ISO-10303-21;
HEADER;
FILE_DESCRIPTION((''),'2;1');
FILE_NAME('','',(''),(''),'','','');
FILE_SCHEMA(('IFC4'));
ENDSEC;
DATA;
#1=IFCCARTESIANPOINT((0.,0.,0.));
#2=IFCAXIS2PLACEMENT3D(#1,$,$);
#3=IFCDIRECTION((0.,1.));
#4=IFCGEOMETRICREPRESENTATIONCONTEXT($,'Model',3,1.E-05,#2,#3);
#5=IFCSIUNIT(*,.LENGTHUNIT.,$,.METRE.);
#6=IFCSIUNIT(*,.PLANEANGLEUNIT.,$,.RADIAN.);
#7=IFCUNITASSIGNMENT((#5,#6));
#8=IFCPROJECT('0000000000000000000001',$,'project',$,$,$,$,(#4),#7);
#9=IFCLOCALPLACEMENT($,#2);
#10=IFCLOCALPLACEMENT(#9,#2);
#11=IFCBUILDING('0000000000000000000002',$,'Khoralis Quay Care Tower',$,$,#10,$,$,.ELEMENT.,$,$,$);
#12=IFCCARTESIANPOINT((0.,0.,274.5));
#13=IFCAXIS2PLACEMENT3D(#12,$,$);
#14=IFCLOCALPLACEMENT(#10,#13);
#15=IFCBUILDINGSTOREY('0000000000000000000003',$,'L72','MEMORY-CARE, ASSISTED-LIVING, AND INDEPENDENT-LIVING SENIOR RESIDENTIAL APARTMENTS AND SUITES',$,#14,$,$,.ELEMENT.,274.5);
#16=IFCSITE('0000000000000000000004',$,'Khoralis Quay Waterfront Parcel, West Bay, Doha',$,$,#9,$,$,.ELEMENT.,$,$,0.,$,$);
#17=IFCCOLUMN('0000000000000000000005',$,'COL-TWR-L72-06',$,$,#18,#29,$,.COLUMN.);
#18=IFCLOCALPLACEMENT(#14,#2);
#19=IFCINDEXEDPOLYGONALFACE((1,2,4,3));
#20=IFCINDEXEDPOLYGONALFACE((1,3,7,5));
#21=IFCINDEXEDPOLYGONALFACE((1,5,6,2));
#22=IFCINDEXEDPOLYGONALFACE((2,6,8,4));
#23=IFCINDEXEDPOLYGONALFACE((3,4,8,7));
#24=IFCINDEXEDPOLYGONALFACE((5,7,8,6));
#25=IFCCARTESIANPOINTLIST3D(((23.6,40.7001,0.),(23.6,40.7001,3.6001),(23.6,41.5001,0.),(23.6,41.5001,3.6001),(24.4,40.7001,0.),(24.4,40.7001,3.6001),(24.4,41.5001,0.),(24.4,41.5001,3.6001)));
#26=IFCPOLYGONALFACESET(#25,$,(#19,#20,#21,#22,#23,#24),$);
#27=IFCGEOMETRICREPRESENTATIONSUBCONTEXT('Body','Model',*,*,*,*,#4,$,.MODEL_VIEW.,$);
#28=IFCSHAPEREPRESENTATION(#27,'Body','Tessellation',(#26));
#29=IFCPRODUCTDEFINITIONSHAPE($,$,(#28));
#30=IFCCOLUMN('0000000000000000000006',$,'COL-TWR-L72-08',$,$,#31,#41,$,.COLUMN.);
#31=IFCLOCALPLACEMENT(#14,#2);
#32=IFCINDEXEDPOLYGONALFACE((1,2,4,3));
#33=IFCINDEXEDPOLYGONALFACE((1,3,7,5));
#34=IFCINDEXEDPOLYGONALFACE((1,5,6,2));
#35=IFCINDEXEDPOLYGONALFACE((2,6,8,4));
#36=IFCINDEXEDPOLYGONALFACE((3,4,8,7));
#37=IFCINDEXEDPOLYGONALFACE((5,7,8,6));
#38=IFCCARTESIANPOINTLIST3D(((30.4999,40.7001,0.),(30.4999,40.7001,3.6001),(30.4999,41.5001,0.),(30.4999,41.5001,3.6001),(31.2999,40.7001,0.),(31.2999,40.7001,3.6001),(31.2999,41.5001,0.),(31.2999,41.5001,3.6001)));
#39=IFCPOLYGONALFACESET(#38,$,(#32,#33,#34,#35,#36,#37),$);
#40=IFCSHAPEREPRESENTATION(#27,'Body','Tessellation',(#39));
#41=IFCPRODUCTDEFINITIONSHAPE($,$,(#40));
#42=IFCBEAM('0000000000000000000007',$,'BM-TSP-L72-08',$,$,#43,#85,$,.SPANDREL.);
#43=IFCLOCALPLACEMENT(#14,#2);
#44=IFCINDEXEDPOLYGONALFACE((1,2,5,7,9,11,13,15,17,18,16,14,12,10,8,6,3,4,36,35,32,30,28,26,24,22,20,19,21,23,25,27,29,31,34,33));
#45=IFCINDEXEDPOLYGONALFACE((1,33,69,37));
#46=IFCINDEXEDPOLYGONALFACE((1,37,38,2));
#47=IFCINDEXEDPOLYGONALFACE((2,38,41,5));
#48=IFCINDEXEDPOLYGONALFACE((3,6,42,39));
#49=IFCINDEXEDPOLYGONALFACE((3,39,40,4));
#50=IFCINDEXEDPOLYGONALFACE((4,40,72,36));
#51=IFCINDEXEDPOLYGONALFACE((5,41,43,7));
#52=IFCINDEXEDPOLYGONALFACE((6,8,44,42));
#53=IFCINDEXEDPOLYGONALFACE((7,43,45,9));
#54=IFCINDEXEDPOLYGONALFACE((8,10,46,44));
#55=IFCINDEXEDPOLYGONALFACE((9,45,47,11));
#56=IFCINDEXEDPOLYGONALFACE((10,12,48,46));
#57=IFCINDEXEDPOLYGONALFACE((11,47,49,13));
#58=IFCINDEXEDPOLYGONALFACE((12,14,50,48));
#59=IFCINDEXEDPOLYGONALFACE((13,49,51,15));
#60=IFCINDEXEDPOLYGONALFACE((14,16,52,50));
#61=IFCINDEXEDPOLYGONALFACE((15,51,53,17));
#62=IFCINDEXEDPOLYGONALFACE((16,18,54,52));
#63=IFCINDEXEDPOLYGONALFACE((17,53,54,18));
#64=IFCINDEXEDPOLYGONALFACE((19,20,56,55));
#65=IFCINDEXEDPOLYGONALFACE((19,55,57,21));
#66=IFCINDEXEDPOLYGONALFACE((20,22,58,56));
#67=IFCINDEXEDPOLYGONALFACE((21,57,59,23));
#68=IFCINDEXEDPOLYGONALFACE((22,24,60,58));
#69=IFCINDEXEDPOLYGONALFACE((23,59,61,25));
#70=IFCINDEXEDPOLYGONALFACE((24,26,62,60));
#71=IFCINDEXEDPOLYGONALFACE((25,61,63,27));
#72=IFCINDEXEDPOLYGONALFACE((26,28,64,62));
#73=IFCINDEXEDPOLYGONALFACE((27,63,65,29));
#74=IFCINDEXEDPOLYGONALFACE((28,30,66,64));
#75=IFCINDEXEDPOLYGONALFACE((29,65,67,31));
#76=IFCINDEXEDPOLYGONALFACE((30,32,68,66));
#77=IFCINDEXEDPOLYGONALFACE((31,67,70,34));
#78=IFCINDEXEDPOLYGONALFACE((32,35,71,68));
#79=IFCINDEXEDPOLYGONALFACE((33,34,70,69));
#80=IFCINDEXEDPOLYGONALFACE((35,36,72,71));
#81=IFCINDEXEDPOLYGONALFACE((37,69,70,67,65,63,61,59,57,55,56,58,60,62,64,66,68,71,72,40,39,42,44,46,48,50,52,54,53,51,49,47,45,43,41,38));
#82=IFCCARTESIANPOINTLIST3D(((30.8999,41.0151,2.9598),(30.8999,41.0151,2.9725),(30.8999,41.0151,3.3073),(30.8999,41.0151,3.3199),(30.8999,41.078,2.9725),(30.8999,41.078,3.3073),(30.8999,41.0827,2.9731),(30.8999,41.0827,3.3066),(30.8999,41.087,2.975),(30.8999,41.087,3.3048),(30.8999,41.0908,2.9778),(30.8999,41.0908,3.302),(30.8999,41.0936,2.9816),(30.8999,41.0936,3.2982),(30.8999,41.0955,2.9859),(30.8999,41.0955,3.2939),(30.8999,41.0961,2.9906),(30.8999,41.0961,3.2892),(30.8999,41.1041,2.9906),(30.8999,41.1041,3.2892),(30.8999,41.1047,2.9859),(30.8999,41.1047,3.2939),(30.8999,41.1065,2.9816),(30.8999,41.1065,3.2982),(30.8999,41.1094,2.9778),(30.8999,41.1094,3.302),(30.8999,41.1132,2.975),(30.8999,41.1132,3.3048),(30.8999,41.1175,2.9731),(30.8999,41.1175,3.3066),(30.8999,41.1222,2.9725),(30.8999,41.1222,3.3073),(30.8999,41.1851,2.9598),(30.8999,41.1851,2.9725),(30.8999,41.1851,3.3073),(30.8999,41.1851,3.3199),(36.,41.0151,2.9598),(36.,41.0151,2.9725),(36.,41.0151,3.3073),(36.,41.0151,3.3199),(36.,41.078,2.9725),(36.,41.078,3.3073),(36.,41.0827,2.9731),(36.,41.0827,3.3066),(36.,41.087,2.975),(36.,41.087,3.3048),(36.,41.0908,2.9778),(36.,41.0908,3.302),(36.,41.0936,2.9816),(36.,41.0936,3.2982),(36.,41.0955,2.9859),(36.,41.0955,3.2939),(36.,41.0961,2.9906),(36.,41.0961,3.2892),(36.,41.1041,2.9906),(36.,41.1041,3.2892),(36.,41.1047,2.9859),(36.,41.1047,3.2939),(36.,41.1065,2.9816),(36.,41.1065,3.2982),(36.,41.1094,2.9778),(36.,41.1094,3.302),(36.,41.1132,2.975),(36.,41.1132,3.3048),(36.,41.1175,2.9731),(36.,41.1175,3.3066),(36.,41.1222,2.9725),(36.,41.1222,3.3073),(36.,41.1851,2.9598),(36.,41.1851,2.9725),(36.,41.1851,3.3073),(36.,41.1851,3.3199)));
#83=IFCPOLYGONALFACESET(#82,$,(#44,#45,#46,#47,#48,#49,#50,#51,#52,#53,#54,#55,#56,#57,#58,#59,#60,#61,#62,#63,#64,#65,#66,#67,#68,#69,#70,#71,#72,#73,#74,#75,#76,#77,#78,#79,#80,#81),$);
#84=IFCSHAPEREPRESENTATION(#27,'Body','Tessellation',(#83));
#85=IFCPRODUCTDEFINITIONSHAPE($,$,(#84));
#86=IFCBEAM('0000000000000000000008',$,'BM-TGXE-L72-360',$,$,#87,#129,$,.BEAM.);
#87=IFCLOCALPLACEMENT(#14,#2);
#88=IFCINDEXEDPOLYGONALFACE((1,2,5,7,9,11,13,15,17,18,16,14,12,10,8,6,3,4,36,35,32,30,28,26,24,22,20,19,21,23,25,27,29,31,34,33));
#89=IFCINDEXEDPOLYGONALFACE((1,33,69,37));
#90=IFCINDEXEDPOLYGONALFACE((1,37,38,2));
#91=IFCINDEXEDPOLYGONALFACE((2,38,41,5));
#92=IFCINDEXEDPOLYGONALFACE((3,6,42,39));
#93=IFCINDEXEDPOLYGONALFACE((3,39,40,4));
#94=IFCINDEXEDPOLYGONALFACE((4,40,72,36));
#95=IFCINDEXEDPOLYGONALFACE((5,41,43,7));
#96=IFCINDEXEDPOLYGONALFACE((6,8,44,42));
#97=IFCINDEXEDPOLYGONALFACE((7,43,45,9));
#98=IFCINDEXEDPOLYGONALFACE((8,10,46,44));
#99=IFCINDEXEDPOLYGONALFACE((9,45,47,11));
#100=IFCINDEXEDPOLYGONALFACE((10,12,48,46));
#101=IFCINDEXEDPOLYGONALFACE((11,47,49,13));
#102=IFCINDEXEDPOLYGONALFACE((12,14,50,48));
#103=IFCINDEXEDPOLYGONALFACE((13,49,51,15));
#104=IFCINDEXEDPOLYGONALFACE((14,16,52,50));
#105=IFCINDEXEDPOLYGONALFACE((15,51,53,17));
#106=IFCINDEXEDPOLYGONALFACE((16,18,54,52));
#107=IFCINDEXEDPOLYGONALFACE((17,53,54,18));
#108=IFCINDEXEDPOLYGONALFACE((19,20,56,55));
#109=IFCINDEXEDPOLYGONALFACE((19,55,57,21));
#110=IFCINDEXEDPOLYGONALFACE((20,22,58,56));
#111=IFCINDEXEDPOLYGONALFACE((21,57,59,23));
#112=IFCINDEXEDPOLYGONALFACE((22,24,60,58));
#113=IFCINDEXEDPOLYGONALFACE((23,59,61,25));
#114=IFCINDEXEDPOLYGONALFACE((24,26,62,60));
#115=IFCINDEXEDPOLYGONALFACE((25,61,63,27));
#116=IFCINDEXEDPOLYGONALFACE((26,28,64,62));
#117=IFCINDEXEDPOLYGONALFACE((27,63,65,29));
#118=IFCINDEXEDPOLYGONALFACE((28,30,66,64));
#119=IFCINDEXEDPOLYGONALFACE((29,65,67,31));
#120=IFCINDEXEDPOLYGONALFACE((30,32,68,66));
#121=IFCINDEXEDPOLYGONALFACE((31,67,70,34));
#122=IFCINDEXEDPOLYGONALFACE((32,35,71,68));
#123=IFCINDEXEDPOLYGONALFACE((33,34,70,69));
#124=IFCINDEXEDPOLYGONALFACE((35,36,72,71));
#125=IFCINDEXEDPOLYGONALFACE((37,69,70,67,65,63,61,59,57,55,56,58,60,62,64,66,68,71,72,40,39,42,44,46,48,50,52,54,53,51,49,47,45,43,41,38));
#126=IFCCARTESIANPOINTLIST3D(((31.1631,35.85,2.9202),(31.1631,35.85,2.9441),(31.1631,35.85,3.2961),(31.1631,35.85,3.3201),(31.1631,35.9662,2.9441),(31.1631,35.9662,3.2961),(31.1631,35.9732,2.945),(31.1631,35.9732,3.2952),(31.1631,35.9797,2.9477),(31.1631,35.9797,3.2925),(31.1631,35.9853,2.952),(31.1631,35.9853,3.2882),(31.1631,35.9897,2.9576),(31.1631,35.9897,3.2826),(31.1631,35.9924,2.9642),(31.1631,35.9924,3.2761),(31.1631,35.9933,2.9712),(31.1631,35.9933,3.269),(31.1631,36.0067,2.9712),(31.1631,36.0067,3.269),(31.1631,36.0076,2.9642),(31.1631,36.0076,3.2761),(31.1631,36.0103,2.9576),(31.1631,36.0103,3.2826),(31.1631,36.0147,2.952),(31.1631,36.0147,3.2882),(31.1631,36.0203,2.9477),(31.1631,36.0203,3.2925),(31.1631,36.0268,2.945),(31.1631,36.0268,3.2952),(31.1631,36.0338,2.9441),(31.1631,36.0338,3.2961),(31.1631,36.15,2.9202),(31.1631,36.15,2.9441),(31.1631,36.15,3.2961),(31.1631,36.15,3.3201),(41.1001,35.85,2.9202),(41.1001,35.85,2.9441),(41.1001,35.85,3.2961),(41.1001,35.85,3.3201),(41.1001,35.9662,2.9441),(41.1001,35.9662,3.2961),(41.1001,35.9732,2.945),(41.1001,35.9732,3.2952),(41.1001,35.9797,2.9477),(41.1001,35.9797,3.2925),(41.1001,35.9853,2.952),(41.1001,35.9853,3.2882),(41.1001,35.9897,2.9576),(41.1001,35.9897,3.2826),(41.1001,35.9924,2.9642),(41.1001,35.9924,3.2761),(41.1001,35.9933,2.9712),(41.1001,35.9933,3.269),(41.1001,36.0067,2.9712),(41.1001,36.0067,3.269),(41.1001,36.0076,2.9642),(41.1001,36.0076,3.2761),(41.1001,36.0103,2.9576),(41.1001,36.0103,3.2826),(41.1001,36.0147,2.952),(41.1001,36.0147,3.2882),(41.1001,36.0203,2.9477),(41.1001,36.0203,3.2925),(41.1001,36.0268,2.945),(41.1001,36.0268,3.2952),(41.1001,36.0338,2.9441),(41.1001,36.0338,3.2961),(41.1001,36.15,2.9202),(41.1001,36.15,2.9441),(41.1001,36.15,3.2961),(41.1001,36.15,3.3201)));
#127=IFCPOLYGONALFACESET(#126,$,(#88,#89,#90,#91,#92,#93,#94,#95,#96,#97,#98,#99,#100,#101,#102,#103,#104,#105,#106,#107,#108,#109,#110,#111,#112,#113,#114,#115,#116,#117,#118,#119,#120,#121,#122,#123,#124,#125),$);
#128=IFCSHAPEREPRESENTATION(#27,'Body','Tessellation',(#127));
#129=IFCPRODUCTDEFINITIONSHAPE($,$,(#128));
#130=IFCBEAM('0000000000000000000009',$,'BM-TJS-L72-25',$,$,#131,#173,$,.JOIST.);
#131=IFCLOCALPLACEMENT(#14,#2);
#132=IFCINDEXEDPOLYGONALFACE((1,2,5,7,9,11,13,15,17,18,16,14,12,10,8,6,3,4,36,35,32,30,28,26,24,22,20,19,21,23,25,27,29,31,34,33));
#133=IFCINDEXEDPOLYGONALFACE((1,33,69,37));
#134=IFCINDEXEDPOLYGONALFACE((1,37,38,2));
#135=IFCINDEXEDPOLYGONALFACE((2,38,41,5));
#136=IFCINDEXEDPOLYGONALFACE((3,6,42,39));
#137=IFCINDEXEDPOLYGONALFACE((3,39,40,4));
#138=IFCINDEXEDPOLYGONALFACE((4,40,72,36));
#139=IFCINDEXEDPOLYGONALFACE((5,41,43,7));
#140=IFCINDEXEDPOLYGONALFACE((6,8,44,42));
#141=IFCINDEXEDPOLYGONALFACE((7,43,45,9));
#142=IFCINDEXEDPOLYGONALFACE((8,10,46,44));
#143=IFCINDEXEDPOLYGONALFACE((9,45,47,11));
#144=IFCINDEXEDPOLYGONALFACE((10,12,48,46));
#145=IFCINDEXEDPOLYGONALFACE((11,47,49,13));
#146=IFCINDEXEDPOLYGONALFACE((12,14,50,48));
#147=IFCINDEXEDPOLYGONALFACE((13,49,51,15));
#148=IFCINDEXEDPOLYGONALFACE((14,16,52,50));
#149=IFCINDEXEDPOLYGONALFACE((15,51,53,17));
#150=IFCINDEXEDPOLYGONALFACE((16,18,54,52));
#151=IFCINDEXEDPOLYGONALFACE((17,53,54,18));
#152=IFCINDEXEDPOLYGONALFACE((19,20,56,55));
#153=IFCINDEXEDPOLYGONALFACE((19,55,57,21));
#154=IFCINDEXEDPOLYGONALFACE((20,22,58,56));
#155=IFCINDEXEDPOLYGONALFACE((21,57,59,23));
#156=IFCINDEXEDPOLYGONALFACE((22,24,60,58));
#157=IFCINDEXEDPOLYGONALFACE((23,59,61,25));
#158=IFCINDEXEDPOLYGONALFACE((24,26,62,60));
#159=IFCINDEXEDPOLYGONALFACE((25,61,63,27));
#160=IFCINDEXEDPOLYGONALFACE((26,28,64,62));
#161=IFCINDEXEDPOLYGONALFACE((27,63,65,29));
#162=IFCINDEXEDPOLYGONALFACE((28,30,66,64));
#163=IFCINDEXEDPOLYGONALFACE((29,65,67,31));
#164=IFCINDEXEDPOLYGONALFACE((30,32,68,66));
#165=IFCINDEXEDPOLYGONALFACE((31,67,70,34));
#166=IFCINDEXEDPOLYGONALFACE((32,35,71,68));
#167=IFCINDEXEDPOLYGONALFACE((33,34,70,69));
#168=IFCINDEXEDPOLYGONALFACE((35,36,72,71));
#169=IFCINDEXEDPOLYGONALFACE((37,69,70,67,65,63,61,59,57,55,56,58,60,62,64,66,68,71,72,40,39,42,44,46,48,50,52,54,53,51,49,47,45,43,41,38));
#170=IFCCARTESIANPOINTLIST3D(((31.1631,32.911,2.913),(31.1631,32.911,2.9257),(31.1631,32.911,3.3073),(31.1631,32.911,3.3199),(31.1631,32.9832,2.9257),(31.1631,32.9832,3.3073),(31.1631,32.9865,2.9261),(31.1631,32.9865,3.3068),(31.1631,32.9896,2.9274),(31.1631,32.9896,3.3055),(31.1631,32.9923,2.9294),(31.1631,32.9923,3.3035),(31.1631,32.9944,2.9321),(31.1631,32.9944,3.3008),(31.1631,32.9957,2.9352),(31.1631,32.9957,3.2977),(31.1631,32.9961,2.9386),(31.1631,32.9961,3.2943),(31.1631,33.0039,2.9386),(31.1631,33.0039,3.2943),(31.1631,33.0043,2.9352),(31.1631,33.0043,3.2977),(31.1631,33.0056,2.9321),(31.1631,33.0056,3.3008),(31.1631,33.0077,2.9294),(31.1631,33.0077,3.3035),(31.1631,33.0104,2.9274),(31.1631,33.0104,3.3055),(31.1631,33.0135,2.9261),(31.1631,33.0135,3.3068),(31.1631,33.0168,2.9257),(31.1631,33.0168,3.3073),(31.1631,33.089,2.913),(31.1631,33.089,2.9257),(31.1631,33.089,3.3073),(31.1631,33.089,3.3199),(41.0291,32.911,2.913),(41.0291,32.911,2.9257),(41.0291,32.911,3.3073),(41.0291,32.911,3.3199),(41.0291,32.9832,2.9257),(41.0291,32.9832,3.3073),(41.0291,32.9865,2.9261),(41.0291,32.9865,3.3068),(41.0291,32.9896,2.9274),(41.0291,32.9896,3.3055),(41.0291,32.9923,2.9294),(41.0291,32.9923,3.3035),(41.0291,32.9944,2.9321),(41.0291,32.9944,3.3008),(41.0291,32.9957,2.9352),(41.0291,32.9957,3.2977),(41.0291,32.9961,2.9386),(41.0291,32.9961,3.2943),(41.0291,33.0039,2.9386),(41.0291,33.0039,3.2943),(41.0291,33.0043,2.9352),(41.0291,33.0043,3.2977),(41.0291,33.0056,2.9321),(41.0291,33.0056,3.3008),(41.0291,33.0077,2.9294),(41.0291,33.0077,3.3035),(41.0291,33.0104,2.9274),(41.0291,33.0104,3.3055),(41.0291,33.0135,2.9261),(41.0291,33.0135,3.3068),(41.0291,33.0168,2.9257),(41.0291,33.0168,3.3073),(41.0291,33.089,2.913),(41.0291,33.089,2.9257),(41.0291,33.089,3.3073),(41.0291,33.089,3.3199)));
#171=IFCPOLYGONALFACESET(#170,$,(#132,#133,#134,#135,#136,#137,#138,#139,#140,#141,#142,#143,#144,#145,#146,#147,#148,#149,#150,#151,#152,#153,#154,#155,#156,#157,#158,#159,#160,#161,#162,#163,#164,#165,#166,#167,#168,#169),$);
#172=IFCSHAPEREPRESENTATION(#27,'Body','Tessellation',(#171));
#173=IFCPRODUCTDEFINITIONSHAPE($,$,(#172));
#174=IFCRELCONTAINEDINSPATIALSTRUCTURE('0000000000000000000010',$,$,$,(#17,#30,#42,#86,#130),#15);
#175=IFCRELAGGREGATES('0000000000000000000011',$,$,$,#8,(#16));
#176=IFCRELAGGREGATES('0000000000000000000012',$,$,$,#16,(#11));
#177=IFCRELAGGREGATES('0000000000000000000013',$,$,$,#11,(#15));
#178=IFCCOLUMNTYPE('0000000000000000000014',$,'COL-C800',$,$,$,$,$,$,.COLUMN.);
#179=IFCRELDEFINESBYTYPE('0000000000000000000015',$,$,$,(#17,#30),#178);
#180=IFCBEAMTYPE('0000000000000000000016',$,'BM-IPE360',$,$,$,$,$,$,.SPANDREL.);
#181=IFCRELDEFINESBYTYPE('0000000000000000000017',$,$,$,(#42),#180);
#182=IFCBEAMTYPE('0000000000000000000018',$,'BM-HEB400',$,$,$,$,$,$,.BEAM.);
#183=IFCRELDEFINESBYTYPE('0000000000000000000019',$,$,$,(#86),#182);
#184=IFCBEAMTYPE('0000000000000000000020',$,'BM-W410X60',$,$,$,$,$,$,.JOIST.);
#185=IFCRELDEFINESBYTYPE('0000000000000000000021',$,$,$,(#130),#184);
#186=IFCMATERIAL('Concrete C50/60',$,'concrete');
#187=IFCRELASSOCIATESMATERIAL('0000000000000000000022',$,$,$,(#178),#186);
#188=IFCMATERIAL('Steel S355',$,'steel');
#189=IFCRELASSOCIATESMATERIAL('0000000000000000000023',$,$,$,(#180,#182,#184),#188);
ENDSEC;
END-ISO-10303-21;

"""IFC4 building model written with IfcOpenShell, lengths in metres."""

from ifc_helpers import new_model, si_unit, direction, frame, origin, origin_2d, place, context, subcontext, project, spatial, rectangle, i_section, extrude, source, transform, mapped, material, material_profile, profile_set, type_object, element, save


model = new_model("IFC4")

# Units and contexts
model_context = context("Model", 3, precision=1e-05, world=origin(), true_north=direction((0.0, 1.0)))
body_context = subcontext(model_context, "Body", "Model", "MODEL_VIEW")
ifc_project = project(units=[si_unit("LENGTHUNIT", "METRE"), si_unit("PLANEANGLEUNIT", "RADIAN")], contexts=[model_context])

# Site, building, storey
site_placement = place(None, origin())
site = spatial("IfcSite", under=ifc_project, at=site_placement, Name="Khoralis Quay Waterfront Parcel, West Bay, Doha", CompositionType="ELEMENT", RefElevation=0.0)
building_placement = place(site_placement, origin())
building = spatial("IfcBuilding", under=site, at=building_placement, Name="Khoralis Quay Care Tower", CompositionType="ELEMENT")
storey_placement = place(building_placement, frame((0.0, 0.0, 274.5)))
storey = spatial("IfcBuildingStorey", under=building, at=storey_placement, Name="L72", Description="MEMORY-CARE, ASSISTED-LIVING, AND INDEPENDENT-LIVING SENIOR RESIDENTIAL APARTMENTS AND SUITES", CompositionType="ELEMENT", Elevation=274.5)

# Columns
ifc_material_1 = material(Name="Concrete C50/60", Category="concrete")
ifc_material_profile_1 = material_profile(ifc_material_1, rectangle(XDim=0.8, YDim=0.8, at=origin_2d()), Name="Concrete C50/60")
ifc_profile_set_1 = profile_set([ifc_material_profile_1], Name="Concrete C50/60")
column_type = type_object("IfcColumnType", Name="COL-C800", PredefinedType="COLUMN", material=ifc_profile_set_1)
shared_shape_1 = source(origin(), body_context, "Body", "SweptSolid", [
    extrude(rectangle(XDim=0.8, YDim=0.8, at=origin_2d()), origin(), (0.0, 0.0, 1.0), 3.6001),
])
for number, where, z_axis, x_axis, name in (
    (1, (24.0, 41.1001, 0.0), (0.0, 0.0, 1.0), (1.0, 0.0, 0.0), "COL-TWR-L72-06"),
    (2, (30.8999, 41.1001, 0.0), (0.0, 0.0, 1.0), (1.0, 0.0, 0.0), "COL-TWR-L72-08"),
):
    element("IfcColumn", number, at=place(storey_placement, frame(where, z_axis=z_axis, x_axis=x_axis)), inside=storey, type_object=column_type, Name=name, PredefinedType="COLUMN", context=body_context, shape_type="MappedRepresentation", body=[
        mapped(shared_shape_1, transform((0.0, 0.0, 0.0), scale=1.0)),
    ])

# Beams
ifc_material_2 = material(Name="Steel S355", Category="steel")
ifc_material_profile_2 = material_profile(ifc_material_2, i_section(OverallWidth=0.1699, OverallDepth=0.3601, WebThickness=0.0081, FlangeThickness=0.0127, FilletRadius=0.0181, at=origin_2d()), Name="Steel S355")
ifc_profile_set_2 = profile_set([ifc_material_profile_2], Name="Steel S355")
beam_type_1 = type_object("IfcBeamType", Name="BM-IPE360", PredefinedType="SPANDREL", material=ifc_profile_set_2)
shared_shape_2 = source(origin(), body_context, "Body", "SweptSolid", [
    extrude(i_section(OverallWidth=0.1699, OverallDepth=0.3601, WebThickness=0.0081, FlangeThickness=0.0127, FilletRadius=0.0181, at=origin_2d()), origin(), (0.0, 0.0, 1.0), 5.1001),
])
beam_1_placement = place(storey_placement, frame((30.8999, 41.1001, 3.1399), z_axis=(1.0, 0.0, 0.0), x_axis=(0.0, 1.0, 0.0)))
element("IfcBeam", 3, at=beam_1_placement, inside=storey, type_object=beam_type_1, Name="BM-TSP-L72-08", PredefinedType="SPANDREL", context=body_context, shape_type="MappedRepresentation", body=[
    mapped(shared_shape_2, transform((0.0, 0.0, 0.0), scale=1.0)),
])
ifc_material_profile_3 = material_profile(ifc_material_2, i_section(OverallWidth=0.3, OverallDepth=0.3999, WebThickness=0.0134, FlangeThickness=0.0239, FilletRadius=0.0271, at=origin_2d()), Name="Steel S355")
ifc_profile_set_3 = profile_set([ifc_material_profile_3], Name="Steel S355")
beam_type_2 = type_object("IfcBeamType", Name="BM-HEB400", PredefinedType="BEAM", material=ifc_profile_set_3)
shared_shape_3 = source(origin(), body_context, "Body", "SweptSolid", [
    extrude(i_section(OverallWidth=0.3, OverallDepth=0.3999, WebThickness=0.0134, FlangeThickness=0.0239, FilletRadius=0.0271, at=origin_2d()), origin(), (0.0, 0.0, 1.0), 9.937),
])
beam_2_placement = place(storey_placement, frame((31.1631, 36.0, 3.1201), z_axis=(1.0, 0.0, 0.0), x_axis=(0.0, 1.0, 0.0)))
element("IfcBeam", 4, at=beam_2_placement, inside=storey, type_object=beam_type_2, Name="BM-TGXE-L72-360", PredefinedType="BEAM", context=body_context, shape_type="MappedRepresentation", body=[
    mapped(shared_shape_3, transform((0.0, 0.0, 0.0), scale=1.0)),
])
ifc_material_profile_4 = material_profile(ifc_material_2, i_section(OverallWidth=0.178, OverallDepth=0.407, WebThickness=0.0078, FlangeThickness=0.0127, FilletRadius=0.0129, at=origin_2d()), Name="Steel S355")
ifc_profile_set_4 = profile_set([ifc_material_profile_4], Name="Steel S355")
beam_type_3 = type_object("IfcBeamType", Name="BM-W410X60", PredefinedType="JOIST", material=ifc_profile_set_4)
shared_shape_4 = source(origin(), body_context, "Body", "SweptSolid", [
    extrude(i_section(OverallWidth=0.178, OverallDepth=0.407, WebThickness=0.0078, FlangeThickness=0.0127, FilletRadius=0.0129, at=origin_2d()), origin(), (0.0, 0.0, 1.0), 9.866),
])
for number, where, z_axis, x_axis, name in (
    (5, (31.1631, 33.0, 3.1165), (1.0, 0.0, 0.0), (0.0, 1.0, 0.0), "BM-TJS-L72-25"),
):
    element("IfcBeam", number, at=place(storey_placement, frame(where, z_axis=z_axis, x_axis=x_axis)), inside=storey, type_object=beam_type_3, Name=name, PredefinedType="JOIST", context=body_context, shape_type="MappedRepresentation", body=[
        mapped(shared_shape_4, transform((0.0, 0.0, 0.0), scale=1.0)),
    ])

save(model, "model.ifc")
